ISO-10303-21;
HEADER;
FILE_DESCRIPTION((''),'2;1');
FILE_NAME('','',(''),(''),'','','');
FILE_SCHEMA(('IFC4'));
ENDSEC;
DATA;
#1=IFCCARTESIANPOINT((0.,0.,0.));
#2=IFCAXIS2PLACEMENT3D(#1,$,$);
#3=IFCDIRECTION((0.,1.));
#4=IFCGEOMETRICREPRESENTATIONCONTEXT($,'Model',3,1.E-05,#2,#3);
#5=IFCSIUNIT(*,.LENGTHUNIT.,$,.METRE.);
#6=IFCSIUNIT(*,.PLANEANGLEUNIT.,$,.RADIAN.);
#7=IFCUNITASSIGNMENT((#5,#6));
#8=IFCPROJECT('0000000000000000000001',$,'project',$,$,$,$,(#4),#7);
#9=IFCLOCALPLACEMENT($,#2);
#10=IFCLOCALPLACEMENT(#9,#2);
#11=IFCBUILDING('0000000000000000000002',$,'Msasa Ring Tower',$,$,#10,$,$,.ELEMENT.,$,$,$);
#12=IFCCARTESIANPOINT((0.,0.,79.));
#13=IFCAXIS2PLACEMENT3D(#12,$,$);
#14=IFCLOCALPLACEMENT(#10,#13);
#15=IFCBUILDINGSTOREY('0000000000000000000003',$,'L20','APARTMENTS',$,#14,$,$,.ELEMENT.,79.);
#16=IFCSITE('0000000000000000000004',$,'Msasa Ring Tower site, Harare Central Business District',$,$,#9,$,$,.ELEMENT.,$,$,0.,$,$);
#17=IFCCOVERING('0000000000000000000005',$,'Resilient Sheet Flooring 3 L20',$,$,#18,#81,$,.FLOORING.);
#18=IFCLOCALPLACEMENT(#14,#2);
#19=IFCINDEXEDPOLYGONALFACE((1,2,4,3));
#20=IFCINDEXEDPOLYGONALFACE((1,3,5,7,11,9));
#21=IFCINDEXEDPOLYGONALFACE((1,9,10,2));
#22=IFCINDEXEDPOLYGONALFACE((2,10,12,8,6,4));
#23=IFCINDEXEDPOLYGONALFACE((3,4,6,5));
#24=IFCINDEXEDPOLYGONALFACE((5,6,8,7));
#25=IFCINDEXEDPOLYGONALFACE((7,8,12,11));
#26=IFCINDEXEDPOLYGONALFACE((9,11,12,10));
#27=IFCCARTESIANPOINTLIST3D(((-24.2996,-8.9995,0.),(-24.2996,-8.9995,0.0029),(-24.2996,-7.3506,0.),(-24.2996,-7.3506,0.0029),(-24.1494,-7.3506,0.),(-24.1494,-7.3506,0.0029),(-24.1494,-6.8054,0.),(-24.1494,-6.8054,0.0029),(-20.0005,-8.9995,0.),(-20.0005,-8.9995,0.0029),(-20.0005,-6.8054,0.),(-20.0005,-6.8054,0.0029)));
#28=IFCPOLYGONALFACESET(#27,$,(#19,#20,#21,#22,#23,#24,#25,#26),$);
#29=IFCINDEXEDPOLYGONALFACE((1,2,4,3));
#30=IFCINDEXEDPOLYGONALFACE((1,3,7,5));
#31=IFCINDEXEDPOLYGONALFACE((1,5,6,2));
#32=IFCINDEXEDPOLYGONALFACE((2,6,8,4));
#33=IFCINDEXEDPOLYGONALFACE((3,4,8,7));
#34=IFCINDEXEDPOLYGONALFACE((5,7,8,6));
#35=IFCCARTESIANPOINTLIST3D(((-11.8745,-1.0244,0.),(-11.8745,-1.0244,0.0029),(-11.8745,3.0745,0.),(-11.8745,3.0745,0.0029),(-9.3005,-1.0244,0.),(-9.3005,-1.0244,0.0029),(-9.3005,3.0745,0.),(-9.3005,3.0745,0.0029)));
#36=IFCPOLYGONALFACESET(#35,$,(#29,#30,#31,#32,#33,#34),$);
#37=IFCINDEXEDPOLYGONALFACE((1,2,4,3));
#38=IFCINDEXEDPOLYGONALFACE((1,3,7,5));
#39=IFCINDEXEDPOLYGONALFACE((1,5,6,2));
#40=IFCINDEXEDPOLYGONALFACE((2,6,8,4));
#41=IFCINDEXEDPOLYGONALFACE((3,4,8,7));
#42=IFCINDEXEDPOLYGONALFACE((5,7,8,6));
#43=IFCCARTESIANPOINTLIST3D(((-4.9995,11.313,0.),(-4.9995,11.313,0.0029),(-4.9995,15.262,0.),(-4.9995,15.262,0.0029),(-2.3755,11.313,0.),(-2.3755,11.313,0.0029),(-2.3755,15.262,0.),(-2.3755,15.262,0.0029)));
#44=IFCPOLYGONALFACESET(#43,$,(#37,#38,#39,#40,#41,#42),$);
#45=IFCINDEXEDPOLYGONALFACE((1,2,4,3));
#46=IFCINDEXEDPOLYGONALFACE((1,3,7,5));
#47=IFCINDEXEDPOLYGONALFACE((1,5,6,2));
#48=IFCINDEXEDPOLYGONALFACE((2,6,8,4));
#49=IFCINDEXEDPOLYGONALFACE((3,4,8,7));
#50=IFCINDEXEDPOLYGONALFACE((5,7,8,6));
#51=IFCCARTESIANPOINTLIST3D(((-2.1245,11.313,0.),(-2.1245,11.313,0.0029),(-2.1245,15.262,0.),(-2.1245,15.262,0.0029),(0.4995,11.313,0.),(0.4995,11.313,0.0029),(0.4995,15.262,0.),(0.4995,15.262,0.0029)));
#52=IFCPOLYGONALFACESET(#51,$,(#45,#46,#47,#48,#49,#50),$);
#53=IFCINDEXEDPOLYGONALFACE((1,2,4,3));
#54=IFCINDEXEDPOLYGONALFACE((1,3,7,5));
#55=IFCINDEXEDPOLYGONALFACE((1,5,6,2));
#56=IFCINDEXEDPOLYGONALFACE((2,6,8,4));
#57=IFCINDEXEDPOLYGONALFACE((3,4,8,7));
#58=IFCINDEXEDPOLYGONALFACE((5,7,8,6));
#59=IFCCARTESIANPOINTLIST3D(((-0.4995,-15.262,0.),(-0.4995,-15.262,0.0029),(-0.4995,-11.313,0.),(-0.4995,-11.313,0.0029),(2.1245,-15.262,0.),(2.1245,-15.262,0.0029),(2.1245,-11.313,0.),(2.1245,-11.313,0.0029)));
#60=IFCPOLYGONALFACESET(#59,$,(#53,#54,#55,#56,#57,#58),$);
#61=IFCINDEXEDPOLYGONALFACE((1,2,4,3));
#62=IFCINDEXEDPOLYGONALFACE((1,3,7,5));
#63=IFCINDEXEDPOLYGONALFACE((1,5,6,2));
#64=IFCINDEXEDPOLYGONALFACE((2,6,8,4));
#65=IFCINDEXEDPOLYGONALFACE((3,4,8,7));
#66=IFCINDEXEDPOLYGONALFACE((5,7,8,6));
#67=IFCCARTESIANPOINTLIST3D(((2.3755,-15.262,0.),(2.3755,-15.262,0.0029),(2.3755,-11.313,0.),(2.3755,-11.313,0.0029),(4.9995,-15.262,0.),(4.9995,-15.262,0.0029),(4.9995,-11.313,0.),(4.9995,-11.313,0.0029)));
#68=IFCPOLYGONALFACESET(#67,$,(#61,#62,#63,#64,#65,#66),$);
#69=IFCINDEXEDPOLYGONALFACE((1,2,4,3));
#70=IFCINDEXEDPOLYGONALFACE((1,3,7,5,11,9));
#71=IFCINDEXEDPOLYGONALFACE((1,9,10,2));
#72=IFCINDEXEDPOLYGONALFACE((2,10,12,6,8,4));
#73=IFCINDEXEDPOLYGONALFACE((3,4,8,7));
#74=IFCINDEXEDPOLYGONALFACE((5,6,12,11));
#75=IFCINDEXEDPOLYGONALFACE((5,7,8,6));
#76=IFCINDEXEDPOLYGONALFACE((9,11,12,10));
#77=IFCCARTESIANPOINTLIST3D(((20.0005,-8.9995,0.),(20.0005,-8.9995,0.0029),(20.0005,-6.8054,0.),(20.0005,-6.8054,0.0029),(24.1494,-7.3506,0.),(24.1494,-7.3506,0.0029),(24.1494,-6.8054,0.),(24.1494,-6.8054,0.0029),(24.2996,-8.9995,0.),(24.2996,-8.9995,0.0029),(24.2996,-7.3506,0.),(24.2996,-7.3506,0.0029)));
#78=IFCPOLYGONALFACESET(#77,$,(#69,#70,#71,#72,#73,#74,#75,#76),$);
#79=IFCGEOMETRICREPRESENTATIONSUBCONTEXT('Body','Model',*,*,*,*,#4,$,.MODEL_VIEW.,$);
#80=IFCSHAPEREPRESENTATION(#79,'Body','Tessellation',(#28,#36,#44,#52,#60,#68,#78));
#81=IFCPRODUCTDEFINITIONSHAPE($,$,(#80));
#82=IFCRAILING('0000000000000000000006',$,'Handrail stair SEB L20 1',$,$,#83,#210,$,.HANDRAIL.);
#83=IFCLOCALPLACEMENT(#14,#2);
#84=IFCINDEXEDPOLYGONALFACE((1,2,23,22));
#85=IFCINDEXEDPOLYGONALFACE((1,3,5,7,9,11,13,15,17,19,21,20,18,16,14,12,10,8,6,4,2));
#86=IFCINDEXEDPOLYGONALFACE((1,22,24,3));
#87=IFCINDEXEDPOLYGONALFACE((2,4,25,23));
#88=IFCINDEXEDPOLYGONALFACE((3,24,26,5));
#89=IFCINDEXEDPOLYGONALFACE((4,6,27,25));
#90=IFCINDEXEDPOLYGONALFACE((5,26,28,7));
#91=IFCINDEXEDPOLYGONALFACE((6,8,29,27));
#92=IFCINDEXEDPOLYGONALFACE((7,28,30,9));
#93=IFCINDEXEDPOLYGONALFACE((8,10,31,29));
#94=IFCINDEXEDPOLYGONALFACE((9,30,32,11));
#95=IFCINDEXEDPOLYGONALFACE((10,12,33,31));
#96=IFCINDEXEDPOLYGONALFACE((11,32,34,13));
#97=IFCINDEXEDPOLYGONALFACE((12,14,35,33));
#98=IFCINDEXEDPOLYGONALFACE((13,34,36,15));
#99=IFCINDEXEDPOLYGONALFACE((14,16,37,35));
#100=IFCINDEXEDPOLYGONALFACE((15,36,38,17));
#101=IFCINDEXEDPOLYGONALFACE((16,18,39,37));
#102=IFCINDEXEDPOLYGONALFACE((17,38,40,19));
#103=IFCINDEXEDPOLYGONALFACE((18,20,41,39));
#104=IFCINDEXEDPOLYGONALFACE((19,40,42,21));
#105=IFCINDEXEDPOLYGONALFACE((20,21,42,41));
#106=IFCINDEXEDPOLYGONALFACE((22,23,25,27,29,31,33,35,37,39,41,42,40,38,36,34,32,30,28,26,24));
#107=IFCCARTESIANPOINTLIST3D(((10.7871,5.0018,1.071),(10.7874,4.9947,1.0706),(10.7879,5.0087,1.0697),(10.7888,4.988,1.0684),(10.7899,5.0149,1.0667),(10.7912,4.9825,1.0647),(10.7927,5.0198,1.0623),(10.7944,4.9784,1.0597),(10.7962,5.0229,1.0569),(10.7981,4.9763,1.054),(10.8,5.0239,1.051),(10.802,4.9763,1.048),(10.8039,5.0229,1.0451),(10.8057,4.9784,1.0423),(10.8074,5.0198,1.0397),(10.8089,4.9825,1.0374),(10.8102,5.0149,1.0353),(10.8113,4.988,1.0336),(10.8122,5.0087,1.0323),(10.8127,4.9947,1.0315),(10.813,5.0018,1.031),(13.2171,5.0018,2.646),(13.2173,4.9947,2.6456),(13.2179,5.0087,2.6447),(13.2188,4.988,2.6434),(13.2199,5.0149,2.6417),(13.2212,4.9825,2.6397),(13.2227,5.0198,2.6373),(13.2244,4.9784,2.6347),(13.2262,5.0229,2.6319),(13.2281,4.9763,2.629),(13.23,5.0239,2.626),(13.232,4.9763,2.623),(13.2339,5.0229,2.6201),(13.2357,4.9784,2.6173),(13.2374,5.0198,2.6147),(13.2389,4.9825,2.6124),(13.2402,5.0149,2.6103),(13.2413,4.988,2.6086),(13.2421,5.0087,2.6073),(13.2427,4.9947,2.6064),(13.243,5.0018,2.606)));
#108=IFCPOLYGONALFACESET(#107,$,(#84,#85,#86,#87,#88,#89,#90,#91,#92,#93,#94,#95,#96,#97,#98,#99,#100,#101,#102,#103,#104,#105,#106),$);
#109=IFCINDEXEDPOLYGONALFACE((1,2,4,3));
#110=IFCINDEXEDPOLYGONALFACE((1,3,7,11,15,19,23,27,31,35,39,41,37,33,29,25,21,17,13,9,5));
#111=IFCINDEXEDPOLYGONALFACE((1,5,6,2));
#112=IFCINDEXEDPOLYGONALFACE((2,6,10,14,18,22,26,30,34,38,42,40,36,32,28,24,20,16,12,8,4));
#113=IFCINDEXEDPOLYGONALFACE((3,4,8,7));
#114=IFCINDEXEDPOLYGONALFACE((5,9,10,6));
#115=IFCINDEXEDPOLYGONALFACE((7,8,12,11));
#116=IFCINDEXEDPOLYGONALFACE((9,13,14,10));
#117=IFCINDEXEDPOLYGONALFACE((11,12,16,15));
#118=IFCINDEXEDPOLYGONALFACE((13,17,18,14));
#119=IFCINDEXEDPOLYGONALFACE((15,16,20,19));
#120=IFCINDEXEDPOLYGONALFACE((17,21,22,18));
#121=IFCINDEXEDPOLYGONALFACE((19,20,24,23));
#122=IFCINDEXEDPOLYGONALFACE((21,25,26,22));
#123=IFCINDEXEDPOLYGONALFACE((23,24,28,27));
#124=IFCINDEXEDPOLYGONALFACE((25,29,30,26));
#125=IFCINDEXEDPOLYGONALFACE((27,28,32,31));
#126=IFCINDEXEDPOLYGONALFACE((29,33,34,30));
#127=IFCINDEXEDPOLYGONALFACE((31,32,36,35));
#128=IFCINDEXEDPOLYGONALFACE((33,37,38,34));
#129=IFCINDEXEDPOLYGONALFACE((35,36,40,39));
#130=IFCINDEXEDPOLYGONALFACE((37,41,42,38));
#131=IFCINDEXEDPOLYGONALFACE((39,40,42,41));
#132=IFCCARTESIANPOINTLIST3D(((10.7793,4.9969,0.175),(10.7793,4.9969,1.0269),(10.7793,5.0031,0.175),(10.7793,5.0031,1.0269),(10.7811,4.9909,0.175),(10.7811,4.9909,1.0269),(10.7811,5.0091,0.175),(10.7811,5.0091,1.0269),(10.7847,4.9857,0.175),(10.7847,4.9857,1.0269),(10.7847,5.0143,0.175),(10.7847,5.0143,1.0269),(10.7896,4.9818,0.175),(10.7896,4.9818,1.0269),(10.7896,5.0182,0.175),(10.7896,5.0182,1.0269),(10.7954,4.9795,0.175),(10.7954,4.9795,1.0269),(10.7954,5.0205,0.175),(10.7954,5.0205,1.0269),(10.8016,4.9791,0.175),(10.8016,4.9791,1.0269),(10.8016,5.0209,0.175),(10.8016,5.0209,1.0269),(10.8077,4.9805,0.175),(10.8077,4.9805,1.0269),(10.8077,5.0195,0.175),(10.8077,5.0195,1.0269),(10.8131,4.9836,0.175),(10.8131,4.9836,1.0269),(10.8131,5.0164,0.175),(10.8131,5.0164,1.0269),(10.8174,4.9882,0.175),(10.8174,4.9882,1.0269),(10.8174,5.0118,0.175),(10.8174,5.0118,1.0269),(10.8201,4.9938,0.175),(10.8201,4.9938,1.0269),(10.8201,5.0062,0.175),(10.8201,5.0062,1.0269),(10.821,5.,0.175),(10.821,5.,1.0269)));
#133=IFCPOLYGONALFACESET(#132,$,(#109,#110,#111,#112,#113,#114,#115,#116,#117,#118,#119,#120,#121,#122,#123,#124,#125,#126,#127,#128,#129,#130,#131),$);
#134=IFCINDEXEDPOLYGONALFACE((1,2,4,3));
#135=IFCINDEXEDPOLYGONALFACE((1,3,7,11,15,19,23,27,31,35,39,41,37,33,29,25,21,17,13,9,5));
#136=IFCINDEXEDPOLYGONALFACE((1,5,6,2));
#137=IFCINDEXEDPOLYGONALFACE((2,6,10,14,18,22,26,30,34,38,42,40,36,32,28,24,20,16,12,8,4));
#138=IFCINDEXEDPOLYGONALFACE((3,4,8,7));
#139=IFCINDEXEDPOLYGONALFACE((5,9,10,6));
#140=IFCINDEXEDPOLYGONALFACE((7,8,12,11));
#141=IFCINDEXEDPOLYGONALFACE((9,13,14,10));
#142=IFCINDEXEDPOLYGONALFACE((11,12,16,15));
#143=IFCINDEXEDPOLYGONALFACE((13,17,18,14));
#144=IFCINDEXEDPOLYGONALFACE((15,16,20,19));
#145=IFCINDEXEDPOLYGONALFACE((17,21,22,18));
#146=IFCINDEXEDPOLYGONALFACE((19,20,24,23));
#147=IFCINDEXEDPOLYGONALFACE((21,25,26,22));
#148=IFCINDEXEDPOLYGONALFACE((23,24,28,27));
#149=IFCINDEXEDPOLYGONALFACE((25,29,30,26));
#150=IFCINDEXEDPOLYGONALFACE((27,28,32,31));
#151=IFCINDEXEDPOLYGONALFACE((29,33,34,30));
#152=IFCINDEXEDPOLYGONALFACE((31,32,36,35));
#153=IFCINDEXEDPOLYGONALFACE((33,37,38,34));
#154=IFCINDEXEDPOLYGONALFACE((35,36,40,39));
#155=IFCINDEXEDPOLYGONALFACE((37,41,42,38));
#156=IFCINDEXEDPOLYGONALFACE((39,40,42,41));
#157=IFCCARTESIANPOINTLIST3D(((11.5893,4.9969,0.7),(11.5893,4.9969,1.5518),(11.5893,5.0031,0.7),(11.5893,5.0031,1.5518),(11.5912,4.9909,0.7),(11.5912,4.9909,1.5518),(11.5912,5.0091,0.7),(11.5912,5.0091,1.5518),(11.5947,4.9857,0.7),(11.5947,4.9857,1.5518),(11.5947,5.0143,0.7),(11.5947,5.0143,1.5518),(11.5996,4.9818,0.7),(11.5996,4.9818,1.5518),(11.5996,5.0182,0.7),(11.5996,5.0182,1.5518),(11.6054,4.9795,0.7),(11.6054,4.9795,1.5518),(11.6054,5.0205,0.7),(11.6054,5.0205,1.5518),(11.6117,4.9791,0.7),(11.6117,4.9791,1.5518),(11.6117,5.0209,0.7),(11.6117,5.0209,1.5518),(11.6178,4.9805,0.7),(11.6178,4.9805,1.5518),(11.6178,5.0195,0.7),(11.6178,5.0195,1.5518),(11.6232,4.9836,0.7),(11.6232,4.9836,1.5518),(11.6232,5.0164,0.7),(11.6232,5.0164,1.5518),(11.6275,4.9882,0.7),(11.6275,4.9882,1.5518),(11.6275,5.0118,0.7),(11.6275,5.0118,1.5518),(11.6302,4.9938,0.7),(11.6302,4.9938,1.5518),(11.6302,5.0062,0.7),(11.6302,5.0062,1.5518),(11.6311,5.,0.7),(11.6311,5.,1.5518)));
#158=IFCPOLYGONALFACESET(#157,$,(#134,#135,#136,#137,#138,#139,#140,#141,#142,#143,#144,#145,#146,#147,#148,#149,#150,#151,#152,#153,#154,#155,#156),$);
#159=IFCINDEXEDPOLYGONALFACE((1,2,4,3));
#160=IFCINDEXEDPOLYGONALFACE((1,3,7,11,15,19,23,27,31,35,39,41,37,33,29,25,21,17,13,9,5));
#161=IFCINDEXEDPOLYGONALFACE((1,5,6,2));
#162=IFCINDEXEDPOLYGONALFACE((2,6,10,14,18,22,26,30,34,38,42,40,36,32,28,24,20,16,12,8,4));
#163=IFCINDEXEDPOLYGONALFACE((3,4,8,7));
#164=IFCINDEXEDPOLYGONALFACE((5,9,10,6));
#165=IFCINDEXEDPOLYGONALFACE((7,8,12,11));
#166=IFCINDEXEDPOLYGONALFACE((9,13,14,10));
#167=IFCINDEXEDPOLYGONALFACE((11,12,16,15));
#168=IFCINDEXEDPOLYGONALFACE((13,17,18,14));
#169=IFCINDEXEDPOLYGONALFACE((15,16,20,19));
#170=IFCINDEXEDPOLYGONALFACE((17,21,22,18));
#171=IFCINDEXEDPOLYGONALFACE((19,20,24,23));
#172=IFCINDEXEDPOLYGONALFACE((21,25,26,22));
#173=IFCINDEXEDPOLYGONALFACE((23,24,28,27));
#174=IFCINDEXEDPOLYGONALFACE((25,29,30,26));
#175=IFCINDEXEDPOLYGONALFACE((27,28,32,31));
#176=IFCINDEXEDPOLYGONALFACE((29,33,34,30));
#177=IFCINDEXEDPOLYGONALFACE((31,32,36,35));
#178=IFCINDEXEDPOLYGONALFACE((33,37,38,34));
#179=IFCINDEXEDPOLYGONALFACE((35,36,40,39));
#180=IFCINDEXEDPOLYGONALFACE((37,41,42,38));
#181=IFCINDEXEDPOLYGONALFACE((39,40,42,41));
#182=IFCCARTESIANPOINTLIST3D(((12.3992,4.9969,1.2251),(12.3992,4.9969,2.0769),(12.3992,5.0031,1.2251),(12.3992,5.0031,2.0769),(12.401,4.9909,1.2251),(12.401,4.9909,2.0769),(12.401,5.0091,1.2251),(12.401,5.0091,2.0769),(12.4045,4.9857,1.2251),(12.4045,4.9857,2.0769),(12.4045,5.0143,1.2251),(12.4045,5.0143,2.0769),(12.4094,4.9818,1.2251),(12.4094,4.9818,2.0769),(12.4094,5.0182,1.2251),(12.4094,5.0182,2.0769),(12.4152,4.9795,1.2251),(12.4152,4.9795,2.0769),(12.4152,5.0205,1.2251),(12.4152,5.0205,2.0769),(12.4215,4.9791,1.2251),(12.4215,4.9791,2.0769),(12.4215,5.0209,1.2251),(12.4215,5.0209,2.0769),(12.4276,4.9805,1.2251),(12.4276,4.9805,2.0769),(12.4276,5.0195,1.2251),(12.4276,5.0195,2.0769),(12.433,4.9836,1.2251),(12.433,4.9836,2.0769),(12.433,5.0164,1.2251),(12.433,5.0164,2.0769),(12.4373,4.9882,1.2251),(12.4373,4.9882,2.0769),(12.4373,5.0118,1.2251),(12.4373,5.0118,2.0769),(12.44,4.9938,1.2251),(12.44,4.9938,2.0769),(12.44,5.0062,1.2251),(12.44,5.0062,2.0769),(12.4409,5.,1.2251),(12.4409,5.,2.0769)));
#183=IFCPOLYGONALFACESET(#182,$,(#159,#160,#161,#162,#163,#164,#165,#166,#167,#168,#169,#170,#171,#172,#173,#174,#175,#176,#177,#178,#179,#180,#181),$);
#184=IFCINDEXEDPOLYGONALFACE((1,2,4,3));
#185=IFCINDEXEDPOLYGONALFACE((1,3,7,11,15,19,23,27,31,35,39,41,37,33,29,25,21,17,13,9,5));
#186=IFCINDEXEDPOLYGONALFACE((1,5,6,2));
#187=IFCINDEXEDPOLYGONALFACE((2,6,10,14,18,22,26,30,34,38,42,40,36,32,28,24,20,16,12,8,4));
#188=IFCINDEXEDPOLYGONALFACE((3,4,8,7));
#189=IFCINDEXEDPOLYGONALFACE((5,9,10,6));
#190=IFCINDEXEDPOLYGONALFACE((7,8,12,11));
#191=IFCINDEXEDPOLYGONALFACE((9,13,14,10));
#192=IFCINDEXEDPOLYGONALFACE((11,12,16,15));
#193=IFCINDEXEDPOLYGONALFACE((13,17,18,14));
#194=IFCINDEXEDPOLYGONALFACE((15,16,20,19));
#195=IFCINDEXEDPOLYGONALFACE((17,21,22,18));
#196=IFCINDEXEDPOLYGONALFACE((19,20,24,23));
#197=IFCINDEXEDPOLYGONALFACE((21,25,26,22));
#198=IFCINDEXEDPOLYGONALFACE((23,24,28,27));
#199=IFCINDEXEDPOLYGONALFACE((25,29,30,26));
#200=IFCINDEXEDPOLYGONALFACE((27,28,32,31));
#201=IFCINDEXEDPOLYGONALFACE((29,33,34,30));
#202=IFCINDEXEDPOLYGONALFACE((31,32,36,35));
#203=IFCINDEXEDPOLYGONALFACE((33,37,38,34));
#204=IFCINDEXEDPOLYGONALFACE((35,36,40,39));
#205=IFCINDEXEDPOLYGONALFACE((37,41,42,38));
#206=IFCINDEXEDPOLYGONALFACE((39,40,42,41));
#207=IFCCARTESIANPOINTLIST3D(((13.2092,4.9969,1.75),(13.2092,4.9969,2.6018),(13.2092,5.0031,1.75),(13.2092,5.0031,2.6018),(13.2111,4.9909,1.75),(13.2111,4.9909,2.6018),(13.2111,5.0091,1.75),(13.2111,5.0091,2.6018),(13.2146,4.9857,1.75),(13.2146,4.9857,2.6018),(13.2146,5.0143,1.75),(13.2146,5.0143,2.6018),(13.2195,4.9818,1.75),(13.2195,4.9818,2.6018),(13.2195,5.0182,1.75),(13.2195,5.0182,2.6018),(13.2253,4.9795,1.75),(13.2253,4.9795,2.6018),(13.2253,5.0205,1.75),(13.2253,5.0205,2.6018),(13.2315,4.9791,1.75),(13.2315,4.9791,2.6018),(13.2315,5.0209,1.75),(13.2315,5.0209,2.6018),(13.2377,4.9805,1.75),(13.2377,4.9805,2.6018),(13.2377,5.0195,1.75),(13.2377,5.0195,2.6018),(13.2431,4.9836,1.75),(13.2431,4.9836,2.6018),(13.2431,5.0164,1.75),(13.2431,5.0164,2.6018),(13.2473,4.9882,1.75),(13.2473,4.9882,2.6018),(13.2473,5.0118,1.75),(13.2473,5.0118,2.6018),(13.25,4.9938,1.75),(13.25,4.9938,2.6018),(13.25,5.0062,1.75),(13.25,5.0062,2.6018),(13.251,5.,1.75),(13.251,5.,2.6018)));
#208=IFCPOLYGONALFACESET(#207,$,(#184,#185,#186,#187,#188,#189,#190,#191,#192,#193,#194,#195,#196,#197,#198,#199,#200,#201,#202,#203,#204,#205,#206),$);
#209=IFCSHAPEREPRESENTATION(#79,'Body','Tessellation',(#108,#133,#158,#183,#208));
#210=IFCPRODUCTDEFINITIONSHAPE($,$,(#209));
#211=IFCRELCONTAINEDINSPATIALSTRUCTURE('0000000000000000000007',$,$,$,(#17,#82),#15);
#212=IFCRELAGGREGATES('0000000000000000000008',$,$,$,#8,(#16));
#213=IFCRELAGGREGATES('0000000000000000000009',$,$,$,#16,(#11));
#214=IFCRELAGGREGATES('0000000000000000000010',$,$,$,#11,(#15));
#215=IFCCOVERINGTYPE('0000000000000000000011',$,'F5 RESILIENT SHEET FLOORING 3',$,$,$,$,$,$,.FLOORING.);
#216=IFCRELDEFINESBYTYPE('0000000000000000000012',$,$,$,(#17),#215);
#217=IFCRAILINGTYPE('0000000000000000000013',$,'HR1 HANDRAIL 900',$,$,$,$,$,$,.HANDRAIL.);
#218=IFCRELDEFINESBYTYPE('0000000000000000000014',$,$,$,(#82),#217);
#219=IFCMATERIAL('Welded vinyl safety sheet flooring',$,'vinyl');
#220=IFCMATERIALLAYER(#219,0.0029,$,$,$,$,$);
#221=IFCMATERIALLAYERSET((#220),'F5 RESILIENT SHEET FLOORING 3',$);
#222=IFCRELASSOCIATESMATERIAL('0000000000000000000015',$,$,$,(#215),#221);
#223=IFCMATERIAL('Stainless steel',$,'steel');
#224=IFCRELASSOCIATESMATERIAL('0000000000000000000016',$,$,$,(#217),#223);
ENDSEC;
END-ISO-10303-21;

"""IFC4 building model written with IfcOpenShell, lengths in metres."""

from ifc_helpers import new_model, si_unit, direction, frame, origin, origin_2d, place, context, subcontext, project, spatial, line, indexed_curve, circle, outline, extrude, material, layer, layer_set, type_object, element, save


model = new_model("IFC4")

# Units and contexts
model_context = context("Model", 3, precision=1e-05, world=origin(), true_north=direction((0.0, 1.0)))
body_context = subcontext(model_context, "Body", "Model", "MODEL_VIEW")
ifc_project = project(units=[si_unit("LENGTHUNIT", "METRE"), si_unit("PLANEANGLEUNIT", "RADIAN")], contexts=[model_context])

# Site, building, storey
site_placement = place(None, origin())
site = spatial("IfcSite", under=ifc_project, at=site_placement, Name="Msasa Ring Tower site, Harare Central Business District", CompositionType="ELEMENT", RefElevation=0.0)
building_placement = place(site_placement, origin())
building = spatial("IfcBuilding", under=site, at=building_placement, Name="Msasa Ring Tower", CompositionType="ELEMENT")
storey_placement = place(building_placement, frame((0.0, 0.0, 79.0)))
storey = spatial("IfcBuildingStorey", under=building, at=storey_placement, Name="L20", Description="APARTMENTS", CompositionType="ELEMENT", Elevation=79.0)

# Covering
ifc_material_1 = material(Name="Welded vinyl safety sheet flooring", Category="vinyl")
ifc_layer_1 = layer(ifc_material_1, 0.0029)
ifc_layer_set_1 = layer_set([ifc_layer_1], Name="F5 RESILIENT SHEET FLOORING 3")
covering_type_1 = type_object("IfcCoveringType", Name="F5 RESILIENT SHEET FLOORING 3", PredefinedType="FLOORING", material=ifc_layer_set_1)
covering_1_placement = place(storey_placement, origin())
element("IfcCovering", 1, at=covering_1_placement, inside=storey, type_object=covering_type_1, Name="Resilient Sheet Flooring 3 L20", PredefinedType="FLOORING", context=body_context, shape_type="SweptSolid", body=[
    extrude(outline(indexed_curve([(-20.0005, -8.9995), (-24.2996, -8.9995), (-24.2996, -7.3506), (-24.1494, -7.3506), (-24.1494, -6.8054), (-20.0005, -6.8054)], segments=[line(1, 2, 3, 4, 5, 6, 1)], self_intersect=False)), origin(), (0.0, 0.0, 1.0), 0.0029),
    extrude(outline(indexed_curve([(-11.8745, 3.0745), (-9.3005, 3.0745), (-9.3005, -1.0244), (-11.8745, -1.0244)], segments=[line(1, 2, 3, 4, 1)], self_intersect=False)), origin(), (0.0, 0.0, 1.0), 0.0029),
    extrude(outline(indexed_curve([(-2.3755, 15.262), (-2.3755, 11.313), (-4.9995, 11.313), (-4.9995, 15.262)], segments=[line(1, 2, 3, 4, 1)], self_intersect=False)), origin(), (0.0, 0.0, 1.0), 0.0029),
    extrude(outline(indexed_curve([(0.4995, 15.262), (0.4995, 11.313), (-2.1245, 11.313), (-2.1245, 15.262)], segments=[line(1, 2, 3, 4, 1)], self_intersect=False)), origin(), (0.0, 0.0, 1.0), 0.0029),
    extrude(outline(indexed_curve([(-0.4995, -15.262), (-0.4995, -11.313), (2.1245, -11.313), (2.1245, -15.262)], segments=[line(1, 2, 3, 4, 1)], self_intersect=False)), origin(), (0.0, 0.0, 1.0), 0.0029),
    extrude(outline(indexed_curve([(4.9995, -11.313), (4.9995, -15.262), (2.3755, -15.262), (2.3755, -11.313)], segments=[line(1, 2, 3, 4, 1)], self_intersect=False)), origin(), (0.0, 0.0, 1.0), 0.0029),
    extrude(outline(indexed_curve([(20.0005, -8.9995), (20.0005, -6.8054), (24.1494, -6.8054), (24.1494, -7.3506), (24.2996, -7.3506), (24.2996, -8.9995)], segments=[line(1, 2, 3, 4, 5, 6, 1)], self_intersect=False)), origin(), (0.0, 0.0, 1.0), 0.0029),
])

# Railing
ifc_material_2 = material(Name="Stainless steel", Category="steel")
railing_type = type_object("IfcRailingType", Name="HR1 HANDRAIL 900", PredefinedType="HANDRAIL", material=ifc_material_2)
for number, where, name in (
    (2, (10.8, 5.0, 0.175), "Handrail stair SEB L20 1"),
):
    element("IfcRailing", number, at=place(storey_placement, frame(where)), inside=storey, type_object=railing_type, Name=name, PredefinedType="HANDRAIL", context=body_context, shape_type="SweptSolid", body=[
        extrude(circle(Radius=0.0239, at=origin_2d()), frame((0.0, 0.0, 0.876), z_axis=(0.839154, 0.0, 0.543894), x_axis=(0.0, 1.0, 0.0)), (0.0, 0.0, 1.0), 2.8958),
        extrude(circle(Radius=0.021, at=origin_2d()), origin(), (0.0, 0.0, 1.0), 0.8518),
        extrude(circle(Radius=0.021, at=origin_2d()), frame((0.8101, 0.0, 0.5249)), (0.0, 0.0, 1.0), 0.8518),
        extrude(circle(Radius=0.021, at=origin_2d()), frame((1.6199, 0.0, 1.05)), (0.0, 0.0, 1.0), 0.8518),
        extrude(circle(Radius=0.021, at=origin_2d()), frame((2.4299, 0.0, 1.575)), (0.0, 0.0, 1.0), 0.8518),
    ])

save(model, "model.ifc")
